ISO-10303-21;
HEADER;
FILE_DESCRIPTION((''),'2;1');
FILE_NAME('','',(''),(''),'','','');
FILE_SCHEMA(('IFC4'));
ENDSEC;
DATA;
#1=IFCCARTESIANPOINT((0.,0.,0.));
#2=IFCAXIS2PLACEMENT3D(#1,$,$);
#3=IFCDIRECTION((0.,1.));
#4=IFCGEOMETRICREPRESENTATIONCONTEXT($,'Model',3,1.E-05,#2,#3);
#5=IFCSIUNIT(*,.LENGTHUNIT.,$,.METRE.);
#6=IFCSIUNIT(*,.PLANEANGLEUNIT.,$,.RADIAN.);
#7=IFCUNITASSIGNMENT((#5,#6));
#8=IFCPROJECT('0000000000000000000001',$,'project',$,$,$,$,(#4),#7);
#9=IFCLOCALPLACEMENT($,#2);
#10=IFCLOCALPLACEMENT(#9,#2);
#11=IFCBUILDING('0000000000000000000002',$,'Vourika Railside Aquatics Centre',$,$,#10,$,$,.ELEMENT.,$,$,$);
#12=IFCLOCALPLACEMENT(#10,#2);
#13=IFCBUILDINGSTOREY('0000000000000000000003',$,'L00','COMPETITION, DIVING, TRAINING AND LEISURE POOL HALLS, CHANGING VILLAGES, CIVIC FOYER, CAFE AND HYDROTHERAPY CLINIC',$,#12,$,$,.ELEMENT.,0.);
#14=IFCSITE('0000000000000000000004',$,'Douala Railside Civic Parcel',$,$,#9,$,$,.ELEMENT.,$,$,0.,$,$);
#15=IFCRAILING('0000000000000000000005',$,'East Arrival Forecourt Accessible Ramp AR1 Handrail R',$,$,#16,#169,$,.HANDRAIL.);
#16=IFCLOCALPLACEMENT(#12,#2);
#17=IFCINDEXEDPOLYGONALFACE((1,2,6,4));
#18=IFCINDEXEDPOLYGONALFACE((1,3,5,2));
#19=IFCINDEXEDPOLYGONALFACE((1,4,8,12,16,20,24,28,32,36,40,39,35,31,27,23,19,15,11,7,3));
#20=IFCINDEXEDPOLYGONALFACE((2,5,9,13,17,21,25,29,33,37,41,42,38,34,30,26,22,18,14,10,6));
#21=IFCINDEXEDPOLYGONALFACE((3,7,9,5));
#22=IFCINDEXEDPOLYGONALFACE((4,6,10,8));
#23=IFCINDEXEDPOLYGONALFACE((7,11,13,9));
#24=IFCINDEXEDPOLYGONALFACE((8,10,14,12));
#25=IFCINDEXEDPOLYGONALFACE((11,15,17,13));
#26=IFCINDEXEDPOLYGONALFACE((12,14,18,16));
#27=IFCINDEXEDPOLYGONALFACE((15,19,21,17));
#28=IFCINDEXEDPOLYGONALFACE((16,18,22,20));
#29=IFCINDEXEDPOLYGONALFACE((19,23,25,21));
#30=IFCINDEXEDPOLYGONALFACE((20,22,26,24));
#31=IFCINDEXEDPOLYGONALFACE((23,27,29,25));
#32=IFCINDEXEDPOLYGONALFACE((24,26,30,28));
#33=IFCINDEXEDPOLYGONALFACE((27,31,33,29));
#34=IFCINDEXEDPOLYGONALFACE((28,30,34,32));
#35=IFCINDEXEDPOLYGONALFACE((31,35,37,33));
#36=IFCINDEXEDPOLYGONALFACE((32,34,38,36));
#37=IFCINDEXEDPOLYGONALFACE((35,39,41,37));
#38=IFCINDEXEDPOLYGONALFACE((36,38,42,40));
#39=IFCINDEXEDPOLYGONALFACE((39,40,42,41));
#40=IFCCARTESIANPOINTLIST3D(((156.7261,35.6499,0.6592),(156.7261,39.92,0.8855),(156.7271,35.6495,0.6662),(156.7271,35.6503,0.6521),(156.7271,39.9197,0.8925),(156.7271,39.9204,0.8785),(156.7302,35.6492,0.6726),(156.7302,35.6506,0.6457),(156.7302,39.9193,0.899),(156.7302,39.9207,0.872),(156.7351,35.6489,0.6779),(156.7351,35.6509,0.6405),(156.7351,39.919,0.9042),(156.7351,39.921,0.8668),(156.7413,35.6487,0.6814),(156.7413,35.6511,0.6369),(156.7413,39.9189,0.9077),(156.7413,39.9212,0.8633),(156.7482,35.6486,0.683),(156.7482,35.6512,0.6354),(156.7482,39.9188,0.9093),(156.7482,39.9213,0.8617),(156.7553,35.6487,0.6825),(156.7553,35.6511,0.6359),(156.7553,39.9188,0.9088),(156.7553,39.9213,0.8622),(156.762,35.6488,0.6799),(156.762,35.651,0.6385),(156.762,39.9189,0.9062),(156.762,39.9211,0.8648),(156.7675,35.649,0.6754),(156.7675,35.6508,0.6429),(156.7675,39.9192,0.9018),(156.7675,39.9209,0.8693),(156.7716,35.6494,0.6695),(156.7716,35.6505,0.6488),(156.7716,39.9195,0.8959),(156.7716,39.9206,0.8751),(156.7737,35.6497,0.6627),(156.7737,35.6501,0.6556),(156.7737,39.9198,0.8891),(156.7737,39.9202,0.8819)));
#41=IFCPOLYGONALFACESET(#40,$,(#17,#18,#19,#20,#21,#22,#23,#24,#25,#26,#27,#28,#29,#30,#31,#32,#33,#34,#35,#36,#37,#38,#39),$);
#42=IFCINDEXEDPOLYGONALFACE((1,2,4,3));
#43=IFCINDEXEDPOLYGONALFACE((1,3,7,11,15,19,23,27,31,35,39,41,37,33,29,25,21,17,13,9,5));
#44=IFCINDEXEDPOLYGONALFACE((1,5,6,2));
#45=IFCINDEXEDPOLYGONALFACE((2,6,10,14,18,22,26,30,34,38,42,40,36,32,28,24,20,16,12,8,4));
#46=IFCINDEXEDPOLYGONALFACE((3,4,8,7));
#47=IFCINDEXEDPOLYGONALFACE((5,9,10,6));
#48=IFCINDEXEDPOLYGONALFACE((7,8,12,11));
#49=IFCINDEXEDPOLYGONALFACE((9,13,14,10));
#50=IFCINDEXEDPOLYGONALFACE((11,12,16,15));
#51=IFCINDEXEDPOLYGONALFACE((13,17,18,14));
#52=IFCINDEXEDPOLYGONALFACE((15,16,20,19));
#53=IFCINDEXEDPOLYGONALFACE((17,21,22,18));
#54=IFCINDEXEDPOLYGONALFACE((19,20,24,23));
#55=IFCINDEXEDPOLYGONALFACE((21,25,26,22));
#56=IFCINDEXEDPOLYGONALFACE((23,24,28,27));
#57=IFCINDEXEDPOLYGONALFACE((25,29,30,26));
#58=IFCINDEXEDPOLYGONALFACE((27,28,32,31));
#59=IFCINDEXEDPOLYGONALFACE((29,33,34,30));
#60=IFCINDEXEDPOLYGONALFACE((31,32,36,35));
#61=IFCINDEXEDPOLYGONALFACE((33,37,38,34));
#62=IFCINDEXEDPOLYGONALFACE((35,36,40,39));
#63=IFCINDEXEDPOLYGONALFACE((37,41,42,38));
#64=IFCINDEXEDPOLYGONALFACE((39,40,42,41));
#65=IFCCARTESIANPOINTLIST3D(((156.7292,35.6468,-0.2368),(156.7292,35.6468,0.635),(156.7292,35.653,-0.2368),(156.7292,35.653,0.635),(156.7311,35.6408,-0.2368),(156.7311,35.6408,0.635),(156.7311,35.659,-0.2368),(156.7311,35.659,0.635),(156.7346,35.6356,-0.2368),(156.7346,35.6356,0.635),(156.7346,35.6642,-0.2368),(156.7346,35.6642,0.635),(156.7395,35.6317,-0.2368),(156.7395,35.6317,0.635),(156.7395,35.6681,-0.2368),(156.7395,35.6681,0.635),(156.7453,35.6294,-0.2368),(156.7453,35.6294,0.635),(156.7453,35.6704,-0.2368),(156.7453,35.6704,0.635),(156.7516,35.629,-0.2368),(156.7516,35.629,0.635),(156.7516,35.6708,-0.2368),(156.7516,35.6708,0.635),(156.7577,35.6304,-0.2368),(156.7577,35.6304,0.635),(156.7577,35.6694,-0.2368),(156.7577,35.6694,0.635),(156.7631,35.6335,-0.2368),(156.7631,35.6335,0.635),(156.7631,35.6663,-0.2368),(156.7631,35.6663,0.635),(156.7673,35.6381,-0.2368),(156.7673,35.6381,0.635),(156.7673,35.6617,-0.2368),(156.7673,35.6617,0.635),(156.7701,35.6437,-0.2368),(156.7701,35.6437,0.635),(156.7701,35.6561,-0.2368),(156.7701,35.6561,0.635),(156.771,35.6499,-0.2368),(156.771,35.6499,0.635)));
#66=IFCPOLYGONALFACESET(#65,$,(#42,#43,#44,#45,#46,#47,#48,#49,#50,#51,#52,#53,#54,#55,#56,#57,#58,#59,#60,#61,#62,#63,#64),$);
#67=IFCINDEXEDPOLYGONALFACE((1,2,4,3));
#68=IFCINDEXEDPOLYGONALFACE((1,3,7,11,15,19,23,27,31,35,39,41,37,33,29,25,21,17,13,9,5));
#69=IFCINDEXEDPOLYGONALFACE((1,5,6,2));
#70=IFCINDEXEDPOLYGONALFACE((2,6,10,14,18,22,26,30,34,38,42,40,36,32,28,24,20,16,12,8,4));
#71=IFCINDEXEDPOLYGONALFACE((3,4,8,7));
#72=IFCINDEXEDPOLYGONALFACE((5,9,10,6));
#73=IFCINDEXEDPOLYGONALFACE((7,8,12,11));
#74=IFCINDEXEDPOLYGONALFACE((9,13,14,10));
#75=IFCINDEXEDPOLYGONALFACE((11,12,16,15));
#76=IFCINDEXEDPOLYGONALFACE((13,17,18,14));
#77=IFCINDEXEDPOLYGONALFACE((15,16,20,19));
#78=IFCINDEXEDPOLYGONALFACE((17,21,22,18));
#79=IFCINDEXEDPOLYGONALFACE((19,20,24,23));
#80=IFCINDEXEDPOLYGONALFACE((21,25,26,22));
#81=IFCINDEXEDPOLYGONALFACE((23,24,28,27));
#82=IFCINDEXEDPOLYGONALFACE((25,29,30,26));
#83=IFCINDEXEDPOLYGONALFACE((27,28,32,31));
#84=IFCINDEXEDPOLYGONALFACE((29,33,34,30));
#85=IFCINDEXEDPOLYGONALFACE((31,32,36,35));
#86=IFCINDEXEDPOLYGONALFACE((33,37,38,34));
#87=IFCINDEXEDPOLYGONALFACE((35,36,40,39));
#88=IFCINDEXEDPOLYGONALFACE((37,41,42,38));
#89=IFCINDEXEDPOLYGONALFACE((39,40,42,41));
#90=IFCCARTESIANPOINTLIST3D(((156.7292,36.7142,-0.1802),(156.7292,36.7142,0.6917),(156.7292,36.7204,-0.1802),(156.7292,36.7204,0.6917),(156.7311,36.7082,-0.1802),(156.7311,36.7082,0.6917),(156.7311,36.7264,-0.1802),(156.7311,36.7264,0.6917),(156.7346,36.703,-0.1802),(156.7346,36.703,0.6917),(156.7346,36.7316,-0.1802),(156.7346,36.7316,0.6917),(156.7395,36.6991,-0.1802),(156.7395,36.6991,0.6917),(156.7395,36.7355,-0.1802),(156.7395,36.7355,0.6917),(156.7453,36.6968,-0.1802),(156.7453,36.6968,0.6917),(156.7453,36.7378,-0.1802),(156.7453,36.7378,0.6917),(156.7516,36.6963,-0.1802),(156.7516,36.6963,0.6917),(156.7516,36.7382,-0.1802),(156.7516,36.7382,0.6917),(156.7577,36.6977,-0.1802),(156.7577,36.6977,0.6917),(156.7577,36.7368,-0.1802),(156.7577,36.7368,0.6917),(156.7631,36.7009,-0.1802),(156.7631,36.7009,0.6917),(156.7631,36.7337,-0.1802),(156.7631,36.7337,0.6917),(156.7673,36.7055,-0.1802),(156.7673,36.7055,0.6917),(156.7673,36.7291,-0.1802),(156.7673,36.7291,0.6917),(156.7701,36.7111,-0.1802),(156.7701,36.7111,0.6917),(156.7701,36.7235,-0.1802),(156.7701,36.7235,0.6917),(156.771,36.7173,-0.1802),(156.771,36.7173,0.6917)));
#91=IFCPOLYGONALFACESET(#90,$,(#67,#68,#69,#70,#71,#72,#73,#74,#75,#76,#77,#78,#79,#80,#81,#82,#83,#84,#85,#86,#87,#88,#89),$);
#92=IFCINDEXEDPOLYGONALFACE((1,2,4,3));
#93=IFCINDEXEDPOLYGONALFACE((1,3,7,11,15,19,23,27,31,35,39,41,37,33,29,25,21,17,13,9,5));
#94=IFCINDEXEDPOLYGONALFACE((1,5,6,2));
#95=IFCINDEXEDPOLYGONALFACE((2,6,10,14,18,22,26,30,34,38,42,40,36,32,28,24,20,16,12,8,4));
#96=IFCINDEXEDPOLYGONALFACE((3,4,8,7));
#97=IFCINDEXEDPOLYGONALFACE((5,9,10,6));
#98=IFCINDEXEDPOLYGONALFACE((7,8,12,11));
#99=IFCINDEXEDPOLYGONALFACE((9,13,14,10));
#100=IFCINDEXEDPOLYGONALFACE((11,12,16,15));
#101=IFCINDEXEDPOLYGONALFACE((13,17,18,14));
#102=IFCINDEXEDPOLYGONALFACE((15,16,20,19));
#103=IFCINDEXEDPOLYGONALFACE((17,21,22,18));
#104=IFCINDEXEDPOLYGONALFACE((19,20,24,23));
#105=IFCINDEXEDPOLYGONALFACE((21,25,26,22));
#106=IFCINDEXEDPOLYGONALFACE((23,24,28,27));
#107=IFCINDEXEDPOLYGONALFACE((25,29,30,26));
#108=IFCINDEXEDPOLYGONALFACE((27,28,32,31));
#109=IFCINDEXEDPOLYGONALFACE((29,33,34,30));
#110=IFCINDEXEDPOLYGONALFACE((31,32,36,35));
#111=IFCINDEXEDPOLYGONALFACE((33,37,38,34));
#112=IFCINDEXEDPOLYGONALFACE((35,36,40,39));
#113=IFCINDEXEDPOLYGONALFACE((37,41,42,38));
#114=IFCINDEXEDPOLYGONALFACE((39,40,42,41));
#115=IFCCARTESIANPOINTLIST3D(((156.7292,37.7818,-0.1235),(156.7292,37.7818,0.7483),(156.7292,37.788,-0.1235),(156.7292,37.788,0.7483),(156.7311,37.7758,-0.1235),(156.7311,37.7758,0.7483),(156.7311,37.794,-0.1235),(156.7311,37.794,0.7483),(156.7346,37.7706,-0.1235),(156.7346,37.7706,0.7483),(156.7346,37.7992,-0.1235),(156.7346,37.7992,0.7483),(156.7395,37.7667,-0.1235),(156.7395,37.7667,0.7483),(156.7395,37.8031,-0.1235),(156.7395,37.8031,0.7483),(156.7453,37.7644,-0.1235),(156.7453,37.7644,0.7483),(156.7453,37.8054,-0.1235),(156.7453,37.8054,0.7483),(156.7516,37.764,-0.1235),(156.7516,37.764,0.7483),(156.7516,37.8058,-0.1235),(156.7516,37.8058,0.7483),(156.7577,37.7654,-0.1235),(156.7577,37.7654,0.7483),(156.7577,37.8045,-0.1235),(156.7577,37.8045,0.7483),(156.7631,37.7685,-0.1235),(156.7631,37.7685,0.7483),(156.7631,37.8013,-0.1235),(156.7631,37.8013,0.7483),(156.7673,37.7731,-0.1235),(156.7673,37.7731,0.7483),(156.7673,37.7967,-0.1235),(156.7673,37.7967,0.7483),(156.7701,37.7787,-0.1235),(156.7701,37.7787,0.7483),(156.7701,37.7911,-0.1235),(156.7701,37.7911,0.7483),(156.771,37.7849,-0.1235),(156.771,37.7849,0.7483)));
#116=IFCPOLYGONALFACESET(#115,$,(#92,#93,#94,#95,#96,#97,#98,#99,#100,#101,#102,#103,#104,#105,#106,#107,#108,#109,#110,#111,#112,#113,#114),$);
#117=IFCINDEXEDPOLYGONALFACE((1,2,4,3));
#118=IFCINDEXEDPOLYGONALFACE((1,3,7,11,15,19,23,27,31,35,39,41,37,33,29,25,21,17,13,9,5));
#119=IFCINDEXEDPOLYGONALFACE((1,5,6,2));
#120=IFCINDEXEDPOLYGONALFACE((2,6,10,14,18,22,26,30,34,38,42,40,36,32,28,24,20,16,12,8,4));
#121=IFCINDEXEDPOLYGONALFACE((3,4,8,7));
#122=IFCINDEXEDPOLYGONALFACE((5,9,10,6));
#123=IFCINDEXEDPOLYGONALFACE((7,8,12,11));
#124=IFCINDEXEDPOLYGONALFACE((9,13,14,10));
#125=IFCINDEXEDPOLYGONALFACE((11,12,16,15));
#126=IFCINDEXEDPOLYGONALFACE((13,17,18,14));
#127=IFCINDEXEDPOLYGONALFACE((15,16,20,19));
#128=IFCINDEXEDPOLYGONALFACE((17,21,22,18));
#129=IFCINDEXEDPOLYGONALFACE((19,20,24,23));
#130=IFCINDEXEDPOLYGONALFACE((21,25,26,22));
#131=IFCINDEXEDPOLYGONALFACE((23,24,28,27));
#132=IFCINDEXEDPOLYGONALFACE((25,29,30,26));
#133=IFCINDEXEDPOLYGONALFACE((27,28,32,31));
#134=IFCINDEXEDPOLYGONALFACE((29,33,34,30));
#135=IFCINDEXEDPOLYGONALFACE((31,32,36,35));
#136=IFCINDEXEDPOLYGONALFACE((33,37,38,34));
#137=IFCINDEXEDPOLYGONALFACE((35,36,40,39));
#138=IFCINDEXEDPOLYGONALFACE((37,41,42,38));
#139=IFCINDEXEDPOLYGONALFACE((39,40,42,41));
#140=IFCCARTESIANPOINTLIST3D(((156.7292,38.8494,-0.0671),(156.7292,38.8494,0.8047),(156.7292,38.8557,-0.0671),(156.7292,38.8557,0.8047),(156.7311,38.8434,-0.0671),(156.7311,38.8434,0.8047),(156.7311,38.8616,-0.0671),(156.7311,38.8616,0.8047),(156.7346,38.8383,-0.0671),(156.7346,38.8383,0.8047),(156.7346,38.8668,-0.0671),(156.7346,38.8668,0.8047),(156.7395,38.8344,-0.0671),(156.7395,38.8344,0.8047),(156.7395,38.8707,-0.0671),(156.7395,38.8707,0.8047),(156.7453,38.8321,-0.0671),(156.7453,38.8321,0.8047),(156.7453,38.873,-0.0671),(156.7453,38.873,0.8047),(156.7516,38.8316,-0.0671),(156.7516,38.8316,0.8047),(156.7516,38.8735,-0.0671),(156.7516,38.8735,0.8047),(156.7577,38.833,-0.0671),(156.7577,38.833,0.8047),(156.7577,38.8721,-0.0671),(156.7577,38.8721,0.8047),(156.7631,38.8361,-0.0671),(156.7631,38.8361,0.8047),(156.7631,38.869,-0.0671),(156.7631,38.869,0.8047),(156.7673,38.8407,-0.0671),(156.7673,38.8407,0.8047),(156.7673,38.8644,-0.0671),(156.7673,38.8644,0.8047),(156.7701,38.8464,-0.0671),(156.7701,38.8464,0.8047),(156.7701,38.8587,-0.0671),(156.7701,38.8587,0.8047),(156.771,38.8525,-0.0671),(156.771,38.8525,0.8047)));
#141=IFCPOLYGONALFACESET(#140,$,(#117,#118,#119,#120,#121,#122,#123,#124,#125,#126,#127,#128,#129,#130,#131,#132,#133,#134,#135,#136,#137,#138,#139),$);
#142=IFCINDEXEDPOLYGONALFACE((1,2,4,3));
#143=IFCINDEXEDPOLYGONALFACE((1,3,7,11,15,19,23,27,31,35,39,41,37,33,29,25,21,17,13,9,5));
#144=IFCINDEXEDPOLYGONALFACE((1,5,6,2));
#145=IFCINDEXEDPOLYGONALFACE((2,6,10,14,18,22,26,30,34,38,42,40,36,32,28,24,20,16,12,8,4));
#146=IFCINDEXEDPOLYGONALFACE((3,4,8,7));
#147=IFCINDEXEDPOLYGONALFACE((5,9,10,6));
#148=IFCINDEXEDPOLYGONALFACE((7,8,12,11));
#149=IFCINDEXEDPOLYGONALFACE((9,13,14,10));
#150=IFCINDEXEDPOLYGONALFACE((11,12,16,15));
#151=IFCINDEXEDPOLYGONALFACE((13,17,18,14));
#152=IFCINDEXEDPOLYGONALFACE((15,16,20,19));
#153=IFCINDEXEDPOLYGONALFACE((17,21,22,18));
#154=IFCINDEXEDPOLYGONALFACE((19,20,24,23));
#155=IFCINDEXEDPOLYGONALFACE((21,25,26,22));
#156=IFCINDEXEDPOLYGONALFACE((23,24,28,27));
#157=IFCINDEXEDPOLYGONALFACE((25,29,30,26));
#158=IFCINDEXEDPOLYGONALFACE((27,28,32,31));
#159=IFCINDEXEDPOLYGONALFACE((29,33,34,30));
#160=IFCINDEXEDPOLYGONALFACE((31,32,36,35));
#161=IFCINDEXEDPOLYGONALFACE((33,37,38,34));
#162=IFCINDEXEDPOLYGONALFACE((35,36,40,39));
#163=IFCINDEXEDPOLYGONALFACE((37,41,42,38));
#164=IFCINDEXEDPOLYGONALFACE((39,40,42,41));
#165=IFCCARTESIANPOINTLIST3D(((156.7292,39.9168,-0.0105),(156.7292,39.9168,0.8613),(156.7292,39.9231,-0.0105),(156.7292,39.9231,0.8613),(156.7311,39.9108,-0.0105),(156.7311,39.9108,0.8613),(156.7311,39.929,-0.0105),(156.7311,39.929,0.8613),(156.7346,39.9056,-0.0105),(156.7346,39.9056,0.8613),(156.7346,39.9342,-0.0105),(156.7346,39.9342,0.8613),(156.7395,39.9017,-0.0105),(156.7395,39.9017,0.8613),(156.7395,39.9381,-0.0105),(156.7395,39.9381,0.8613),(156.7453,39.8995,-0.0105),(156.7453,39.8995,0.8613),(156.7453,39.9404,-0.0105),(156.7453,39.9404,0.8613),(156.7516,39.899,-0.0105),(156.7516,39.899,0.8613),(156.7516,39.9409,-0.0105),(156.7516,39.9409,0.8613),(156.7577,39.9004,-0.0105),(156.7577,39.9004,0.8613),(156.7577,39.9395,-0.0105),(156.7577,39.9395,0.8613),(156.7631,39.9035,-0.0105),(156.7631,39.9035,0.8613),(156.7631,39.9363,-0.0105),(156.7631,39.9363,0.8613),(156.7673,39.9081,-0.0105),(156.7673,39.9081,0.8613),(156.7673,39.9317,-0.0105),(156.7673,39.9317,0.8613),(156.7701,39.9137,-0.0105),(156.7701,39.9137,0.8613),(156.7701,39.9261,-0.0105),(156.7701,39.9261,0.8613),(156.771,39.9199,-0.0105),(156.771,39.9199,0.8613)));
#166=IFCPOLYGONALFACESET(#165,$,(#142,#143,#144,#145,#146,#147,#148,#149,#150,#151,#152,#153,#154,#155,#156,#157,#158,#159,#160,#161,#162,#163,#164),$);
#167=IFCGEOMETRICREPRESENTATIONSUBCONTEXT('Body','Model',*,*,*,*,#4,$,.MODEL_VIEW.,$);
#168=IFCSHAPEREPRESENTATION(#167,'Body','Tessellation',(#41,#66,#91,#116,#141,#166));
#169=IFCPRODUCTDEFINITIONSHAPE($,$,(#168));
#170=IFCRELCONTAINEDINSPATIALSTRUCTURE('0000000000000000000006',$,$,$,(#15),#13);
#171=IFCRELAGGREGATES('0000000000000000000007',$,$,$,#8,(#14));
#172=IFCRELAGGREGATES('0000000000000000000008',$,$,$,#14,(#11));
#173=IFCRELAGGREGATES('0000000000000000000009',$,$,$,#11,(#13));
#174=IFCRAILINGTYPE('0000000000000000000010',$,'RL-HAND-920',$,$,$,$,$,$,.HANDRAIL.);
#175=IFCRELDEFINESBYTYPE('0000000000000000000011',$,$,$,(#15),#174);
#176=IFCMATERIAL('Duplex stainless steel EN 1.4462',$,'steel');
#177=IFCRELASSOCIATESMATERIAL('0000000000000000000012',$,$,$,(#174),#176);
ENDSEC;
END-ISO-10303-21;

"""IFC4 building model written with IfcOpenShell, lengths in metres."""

from ifc_helpers import new_model, si_unit, direction, frame, origin, origin_2d, place, context, subcontext, project, spatial, circle, extrude, material, type_object, element, save


model = new_model("IFC4")

# Units and contexts
model_context = context("Model", 3, precision=1e-05, world=origin(), true_north=direction((0.0, 1.0)))
body_context = subcontext(model_context, "Body", "Model", "MODEL_VIEW")
ifc_project = project(units=[si_unit("LENGTHUNIT", "METRE"), si_unit("PLANEANGLEUNIT", "RADIAN")], contexts=[model_context])

# Site, building, storey
site_placement = place(None, origin())
site = spatial("IfcSite", under=ifc_project, at=site_placement, Name="Douala Railside Civic Parcel", CompositionType="ELEMENT", RefElevation=0.0)
building_placement = place(site_placement, origin())
building = spatial("IfcBuilding", under=site, at=building_placement, Name="Vourika Railside Aquatics Centre", CompositionType="ELEMENT")
storey_placement = place(building_placement, origin())
storey = spatial("IfcBuildingStorey", under=building, at=storey_placement, Name="L00", Description="COMPETITION, DIVING, TRAINING AND LEISURE POOL HALLS, CHANGING VILLAGES, CIVIC FOYER, CAFE AND HYDROTHERAPY CLINIC", CompositionType="ELEMENT", Elevation=0.0)

# Railing
ifc_material_1 = material(Name="Duplex stainless steel EN 1.4462", Category="steel")
railing_type = type_object("IfcRailingType", Name="RL-HAND-920", PredefinedType="HANDRAIL", material=ifc_material_1)
for number, where, name in (
    (1, (156.75, 35.6499, -0.2368), "East Arrival Forecourt Accessible Ramp AR1 Handrail R"),
):
    element("IfcRailing", number, at=place(storey_placement, frame(where)), inside=storey, type_object=railing_type, Name=name, PredefinedType="HANDRAIL", context=body_context, shape_type="SweptSolid", body=[
        extrude(circle(Radius=0.0239, at=origin_2d()), frame((0.0, 0.0, 0.896), z_axis=(0.0, 0.998598, 0.052927), x_axis=(-1.0, 0.0, 0.0)), (0.0, 0.0, 1.0), 4.2761),
        extrude(circle(Radius=0.021, at=origin_2d()), origin(), (0.0, 0.0, 1.0), 0.8718),
        extrude(circle(Radius=0.021, at=origin_2d()), frame((0.0, 1.0674, 0.0566)), (0.0, 0.0, 1.0), 0.8718),
        extrude(circle(Radius=0.021, at=origin_2d()), frame((0.0, 2.135, 0.1133)), (0.0, 0.0, 1.0), 0.8718),
        extrude(circle(Radius=0.021, at=origin_2d()), frame((0.0, 3.2026, 0.1697)), (0.0, 0.0, 1.0), 0.8718),
        extrude(circle(Radius=0.021, at=origin_2d()), frame((0.0, 4.27, 0.2263)), (0.0, 0.0, 1.0), 0.8718),
    ])

save(model, "model.ifc")
